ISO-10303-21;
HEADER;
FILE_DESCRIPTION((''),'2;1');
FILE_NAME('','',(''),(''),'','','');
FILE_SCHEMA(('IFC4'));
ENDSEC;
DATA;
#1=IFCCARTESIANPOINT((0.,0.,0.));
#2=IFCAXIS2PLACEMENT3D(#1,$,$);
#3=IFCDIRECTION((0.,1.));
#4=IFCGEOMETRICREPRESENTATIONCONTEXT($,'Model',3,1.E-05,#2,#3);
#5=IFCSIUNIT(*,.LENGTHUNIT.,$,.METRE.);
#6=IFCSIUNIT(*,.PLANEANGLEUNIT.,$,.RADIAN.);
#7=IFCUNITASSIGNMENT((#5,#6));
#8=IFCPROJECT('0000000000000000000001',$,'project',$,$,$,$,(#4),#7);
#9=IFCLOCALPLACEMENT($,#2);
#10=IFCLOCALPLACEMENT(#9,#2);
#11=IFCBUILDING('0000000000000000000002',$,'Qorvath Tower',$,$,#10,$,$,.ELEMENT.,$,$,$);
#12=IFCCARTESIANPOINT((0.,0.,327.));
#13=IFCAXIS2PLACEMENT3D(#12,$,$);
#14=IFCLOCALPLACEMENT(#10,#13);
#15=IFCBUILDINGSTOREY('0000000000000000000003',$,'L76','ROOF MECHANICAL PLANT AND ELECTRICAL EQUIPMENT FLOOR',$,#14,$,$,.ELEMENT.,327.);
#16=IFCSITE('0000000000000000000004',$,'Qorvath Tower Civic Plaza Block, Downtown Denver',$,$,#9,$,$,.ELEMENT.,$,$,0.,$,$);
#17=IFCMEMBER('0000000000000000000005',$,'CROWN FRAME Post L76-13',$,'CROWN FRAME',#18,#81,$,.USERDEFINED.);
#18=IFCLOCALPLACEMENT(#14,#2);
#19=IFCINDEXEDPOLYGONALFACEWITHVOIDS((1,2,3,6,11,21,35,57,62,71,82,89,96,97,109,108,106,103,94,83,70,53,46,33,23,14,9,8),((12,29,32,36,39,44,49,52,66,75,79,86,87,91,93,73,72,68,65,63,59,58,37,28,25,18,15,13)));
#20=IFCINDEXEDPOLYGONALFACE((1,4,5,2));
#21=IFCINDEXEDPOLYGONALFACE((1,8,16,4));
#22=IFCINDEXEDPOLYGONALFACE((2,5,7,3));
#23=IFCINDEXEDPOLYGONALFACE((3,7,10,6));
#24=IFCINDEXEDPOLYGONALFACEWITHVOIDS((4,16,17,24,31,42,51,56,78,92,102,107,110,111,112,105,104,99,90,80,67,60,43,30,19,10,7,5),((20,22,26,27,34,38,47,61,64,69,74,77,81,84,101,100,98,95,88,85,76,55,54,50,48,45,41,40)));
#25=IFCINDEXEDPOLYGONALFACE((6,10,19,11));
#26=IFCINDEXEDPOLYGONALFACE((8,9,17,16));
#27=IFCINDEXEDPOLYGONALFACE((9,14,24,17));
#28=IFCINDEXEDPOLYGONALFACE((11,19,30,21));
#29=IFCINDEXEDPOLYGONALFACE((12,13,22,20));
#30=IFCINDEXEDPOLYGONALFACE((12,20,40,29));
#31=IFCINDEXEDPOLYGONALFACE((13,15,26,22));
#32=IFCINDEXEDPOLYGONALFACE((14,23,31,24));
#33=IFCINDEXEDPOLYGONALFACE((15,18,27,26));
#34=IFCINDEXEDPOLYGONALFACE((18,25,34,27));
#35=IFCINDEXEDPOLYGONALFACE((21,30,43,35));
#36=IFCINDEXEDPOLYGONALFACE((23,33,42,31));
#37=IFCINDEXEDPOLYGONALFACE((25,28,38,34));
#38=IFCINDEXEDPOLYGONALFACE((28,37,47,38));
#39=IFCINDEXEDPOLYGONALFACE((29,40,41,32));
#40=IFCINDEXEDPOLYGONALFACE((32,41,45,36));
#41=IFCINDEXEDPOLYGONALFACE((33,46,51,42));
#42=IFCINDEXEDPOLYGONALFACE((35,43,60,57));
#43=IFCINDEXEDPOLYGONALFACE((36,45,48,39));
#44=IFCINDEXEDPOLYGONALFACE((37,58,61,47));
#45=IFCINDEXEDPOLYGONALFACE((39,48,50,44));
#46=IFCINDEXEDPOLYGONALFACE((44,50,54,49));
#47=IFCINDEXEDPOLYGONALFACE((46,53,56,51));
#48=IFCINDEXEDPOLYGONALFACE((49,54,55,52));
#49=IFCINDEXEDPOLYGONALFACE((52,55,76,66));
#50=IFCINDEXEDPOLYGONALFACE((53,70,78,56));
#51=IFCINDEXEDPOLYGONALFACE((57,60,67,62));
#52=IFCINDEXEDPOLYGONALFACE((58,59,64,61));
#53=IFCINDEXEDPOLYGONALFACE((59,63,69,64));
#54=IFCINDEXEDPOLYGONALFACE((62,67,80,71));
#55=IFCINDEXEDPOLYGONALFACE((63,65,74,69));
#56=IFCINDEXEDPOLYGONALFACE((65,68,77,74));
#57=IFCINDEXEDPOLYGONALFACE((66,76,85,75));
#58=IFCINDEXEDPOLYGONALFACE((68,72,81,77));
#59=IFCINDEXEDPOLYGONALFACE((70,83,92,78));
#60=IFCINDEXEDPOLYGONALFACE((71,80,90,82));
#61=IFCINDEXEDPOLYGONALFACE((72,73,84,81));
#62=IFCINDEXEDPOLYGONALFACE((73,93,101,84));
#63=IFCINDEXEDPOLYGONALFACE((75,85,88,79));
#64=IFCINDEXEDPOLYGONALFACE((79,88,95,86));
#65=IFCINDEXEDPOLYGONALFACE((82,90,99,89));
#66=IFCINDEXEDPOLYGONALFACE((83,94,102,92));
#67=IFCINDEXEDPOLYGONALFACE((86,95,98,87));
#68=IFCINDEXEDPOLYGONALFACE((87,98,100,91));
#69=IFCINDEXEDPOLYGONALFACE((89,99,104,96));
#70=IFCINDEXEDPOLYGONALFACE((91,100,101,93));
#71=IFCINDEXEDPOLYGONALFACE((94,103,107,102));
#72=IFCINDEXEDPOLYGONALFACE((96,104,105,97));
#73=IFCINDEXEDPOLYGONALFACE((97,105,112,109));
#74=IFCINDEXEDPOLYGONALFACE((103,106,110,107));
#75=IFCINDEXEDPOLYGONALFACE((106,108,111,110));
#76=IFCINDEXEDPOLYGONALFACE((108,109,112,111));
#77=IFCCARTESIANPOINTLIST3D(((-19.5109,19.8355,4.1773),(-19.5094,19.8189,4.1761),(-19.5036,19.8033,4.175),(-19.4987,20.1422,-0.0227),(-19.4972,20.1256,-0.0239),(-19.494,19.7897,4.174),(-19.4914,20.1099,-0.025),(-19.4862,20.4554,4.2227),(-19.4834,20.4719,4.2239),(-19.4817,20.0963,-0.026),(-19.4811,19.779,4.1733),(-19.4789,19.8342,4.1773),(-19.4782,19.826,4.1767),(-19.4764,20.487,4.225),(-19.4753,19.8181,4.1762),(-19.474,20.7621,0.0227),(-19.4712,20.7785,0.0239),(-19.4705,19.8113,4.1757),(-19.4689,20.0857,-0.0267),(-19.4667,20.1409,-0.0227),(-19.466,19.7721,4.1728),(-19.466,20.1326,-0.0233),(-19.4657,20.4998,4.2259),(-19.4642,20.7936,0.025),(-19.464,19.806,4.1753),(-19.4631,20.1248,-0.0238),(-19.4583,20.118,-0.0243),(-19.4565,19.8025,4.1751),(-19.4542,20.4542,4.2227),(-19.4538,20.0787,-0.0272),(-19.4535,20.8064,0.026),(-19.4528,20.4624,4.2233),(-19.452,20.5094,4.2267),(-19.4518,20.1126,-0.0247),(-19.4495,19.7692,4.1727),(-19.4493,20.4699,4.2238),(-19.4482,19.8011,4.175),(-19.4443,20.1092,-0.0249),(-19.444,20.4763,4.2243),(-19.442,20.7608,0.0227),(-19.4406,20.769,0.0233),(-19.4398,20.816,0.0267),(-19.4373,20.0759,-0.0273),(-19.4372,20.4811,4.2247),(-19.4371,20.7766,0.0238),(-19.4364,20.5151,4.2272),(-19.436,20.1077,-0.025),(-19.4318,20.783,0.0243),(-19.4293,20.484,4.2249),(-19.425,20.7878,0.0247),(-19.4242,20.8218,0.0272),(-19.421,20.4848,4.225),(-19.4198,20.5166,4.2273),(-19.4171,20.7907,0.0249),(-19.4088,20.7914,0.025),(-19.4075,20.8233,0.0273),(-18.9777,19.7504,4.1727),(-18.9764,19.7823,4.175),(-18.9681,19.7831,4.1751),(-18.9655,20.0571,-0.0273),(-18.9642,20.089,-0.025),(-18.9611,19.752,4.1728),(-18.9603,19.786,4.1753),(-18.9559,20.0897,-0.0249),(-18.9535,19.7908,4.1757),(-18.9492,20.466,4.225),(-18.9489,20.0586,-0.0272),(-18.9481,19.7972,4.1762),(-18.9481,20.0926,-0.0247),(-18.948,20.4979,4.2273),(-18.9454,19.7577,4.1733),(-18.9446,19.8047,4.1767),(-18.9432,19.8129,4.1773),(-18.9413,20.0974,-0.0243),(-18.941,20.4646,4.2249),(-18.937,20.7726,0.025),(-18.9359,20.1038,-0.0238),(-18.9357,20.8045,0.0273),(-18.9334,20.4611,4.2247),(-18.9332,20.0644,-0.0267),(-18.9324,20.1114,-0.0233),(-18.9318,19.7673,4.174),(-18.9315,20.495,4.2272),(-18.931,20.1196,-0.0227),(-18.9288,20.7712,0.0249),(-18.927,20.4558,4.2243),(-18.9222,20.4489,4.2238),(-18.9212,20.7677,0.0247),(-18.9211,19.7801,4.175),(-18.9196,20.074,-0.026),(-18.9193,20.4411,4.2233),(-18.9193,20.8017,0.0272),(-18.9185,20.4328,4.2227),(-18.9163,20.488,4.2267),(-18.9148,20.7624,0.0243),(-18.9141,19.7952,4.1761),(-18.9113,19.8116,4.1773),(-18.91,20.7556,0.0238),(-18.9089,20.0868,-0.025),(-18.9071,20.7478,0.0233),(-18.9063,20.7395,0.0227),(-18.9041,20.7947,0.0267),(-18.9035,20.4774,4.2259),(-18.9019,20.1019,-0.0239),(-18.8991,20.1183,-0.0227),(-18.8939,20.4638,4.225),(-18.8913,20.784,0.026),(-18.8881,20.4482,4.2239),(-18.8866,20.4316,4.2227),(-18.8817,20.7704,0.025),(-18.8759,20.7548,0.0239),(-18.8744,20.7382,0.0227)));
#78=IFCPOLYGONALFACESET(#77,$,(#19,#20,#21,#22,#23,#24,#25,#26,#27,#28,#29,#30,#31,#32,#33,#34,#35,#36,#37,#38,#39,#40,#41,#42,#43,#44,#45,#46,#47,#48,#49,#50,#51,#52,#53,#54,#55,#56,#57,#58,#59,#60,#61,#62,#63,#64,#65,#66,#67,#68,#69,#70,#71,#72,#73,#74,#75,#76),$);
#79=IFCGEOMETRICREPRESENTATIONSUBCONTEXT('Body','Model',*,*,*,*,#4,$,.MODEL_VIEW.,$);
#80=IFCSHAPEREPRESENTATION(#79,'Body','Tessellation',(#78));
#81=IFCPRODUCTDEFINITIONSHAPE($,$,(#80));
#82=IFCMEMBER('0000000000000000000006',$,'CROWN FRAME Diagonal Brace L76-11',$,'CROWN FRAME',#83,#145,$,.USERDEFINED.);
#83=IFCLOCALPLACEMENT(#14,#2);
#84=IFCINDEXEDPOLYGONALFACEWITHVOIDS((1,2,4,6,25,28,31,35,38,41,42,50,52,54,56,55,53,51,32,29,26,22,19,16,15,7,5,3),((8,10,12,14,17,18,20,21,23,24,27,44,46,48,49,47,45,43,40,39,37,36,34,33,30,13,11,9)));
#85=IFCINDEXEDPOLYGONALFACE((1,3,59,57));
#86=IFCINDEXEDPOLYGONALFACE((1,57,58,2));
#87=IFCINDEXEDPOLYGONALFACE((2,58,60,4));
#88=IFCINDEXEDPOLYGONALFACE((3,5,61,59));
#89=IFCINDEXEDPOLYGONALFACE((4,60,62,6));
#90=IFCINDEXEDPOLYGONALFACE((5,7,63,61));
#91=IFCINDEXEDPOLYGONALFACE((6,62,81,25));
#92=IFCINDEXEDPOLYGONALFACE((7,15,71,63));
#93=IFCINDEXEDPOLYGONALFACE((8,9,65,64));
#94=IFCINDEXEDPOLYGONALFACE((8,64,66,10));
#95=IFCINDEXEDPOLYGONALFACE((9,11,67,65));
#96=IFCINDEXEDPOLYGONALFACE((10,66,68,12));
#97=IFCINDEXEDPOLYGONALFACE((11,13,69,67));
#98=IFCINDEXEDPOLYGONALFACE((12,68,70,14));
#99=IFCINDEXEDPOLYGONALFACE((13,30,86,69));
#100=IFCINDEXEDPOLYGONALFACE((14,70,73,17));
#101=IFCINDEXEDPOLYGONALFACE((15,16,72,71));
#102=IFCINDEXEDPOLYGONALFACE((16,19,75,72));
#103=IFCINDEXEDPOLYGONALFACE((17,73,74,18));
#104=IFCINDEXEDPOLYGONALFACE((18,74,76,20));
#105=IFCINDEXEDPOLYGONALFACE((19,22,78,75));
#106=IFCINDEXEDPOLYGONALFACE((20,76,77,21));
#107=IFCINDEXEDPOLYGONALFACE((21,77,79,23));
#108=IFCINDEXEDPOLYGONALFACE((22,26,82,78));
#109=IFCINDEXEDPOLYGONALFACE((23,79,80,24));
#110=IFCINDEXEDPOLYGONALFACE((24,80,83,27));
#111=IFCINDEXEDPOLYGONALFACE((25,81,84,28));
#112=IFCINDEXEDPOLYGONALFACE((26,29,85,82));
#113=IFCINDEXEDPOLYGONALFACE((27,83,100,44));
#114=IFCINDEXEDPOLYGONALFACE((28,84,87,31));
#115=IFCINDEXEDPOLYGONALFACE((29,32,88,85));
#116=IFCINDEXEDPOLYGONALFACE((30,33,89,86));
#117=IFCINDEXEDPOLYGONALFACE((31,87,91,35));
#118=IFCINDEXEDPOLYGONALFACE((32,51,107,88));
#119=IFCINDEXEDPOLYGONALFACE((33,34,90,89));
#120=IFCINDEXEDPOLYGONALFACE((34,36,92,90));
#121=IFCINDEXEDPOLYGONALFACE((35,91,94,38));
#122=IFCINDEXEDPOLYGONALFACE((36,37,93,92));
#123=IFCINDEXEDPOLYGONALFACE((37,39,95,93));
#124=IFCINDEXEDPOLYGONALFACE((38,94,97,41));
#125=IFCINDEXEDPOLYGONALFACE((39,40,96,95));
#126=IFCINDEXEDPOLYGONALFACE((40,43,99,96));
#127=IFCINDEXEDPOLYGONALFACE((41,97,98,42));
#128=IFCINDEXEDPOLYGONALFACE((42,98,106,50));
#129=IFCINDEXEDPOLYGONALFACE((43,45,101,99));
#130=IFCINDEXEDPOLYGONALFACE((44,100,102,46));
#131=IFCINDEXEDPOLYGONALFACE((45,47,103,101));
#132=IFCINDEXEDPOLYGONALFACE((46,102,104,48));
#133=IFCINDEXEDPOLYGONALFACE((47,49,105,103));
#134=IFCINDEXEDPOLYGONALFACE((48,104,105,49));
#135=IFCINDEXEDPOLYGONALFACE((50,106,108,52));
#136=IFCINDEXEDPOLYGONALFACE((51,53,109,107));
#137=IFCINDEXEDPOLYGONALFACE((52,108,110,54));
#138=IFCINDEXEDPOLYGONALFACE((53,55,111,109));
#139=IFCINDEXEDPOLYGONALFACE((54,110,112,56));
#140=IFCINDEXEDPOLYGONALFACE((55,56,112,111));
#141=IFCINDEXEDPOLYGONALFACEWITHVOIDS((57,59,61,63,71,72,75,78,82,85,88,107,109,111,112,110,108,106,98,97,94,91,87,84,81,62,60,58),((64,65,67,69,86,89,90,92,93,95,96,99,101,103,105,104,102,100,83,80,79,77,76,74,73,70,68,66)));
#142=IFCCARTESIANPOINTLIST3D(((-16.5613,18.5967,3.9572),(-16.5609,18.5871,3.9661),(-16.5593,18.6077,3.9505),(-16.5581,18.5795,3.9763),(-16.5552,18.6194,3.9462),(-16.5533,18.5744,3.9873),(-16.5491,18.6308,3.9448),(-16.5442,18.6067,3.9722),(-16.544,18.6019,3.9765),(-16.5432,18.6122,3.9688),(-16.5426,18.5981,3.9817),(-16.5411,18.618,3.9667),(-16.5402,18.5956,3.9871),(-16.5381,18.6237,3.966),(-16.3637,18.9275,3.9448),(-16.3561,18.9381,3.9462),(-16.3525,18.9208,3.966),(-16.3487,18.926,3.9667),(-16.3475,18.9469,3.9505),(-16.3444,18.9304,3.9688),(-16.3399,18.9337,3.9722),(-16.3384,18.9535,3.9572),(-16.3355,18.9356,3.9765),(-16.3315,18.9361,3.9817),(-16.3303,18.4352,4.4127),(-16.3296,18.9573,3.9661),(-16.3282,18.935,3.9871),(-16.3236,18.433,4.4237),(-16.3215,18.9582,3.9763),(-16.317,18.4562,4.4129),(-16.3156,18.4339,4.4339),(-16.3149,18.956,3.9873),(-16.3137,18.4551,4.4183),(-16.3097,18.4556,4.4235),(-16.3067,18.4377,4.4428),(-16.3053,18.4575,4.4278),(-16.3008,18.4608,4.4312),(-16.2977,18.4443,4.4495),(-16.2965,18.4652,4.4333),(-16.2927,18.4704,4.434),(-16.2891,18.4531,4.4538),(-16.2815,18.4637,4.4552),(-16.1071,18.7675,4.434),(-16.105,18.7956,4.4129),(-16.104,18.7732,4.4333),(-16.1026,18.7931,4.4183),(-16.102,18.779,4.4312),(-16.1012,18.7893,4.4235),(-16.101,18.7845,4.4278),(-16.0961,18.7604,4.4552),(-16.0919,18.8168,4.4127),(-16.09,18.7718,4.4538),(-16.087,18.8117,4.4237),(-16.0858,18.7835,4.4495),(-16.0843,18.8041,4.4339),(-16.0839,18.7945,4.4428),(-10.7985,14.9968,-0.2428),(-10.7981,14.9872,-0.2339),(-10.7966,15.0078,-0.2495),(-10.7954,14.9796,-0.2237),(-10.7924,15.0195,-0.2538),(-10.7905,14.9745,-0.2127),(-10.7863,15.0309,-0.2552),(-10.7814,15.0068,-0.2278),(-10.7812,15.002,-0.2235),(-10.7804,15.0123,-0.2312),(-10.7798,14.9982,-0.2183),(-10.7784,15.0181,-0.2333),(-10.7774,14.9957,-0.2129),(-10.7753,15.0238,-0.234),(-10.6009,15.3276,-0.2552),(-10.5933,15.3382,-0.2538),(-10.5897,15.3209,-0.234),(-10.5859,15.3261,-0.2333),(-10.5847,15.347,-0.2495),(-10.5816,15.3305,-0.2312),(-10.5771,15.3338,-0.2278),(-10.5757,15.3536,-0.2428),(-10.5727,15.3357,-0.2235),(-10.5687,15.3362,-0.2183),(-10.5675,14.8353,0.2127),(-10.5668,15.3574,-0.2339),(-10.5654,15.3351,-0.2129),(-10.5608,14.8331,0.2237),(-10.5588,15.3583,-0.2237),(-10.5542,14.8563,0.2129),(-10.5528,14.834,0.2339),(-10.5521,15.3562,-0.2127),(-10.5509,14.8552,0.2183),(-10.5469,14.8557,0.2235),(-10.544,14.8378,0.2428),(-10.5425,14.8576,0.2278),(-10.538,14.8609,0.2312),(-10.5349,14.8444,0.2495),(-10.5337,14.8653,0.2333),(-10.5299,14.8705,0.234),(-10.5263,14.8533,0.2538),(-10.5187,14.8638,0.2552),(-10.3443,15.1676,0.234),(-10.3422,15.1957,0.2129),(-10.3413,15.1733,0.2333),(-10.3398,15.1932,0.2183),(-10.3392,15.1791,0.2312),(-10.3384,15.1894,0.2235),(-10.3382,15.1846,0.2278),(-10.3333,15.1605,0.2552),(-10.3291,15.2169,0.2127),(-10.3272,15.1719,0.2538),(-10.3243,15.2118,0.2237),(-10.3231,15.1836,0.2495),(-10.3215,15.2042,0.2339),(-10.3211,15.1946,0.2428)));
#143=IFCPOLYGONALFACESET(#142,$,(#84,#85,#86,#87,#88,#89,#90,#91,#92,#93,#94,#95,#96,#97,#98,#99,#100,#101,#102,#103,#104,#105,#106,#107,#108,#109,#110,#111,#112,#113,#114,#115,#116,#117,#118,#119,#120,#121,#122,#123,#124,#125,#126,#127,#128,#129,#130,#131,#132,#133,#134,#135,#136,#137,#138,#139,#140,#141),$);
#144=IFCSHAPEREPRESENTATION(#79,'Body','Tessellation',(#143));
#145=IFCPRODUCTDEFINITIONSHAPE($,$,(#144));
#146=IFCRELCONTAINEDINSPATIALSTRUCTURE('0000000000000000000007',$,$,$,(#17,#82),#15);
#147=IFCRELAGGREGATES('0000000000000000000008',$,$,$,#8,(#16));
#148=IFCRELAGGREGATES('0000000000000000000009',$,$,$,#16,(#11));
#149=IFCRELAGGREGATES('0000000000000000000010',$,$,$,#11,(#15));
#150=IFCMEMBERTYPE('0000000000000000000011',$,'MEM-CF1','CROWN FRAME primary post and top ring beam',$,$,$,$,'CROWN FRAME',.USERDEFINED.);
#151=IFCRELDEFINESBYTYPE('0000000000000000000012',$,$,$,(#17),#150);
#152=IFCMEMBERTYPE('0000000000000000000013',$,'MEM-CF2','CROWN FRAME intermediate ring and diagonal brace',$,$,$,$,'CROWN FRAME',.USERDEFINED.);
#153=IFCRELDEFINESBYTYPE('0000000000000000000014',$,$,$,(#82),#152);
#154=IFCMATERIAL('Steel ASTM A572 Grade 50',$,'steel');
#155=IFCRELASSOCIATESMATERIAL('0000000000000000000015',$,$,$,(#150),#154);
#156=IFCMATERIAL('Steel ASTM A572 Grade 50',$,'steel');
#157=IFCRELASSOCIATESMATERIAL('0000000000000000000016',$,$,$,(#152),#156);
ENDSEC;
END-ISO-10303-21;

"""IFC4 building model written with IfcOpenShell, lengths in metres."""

from ifc_helpers import new_model, si_unit, direction, frame, origin, origin_2d, place, context, subcontext, project, spatial, hollow_rectangle, extrude, material, material_profile, profile_set, type_object, element, save


model = new_model("IFC4")

# Units and contexts
model_context = context("Model", 3, precision=1e-05, world=origin(), true_north=direction((0.0, 1.0)))
body_context = subcontext(model_context, "Body", "Model", "MODEL_VIEW")
ifc_project = project(units=[si_unit("LENGTHUNIT", "METRE"), si_unit("PLANEANGLEUNIT", "RADIAN")], contexts=[model_context])

# Site, building, storey
site_placement = place(None, origin())
site = spatial("IfcSite", under=ifc_project, at=site_placement, Name="Qorvath Tower Civic Plaza Block, Downtown Denver", CompositionType="ELEMENT", RefElevation=0.0)
building_placement = place(site_placement, origin())
building = spatial("IfcBuilding", under=site, at=building_placement, Name="Qorvath Tower", CompositionType="ELEMENT")
storey_placement = place(building_placement, frame((0.0, 0.0, 327.0)))
storey = spatial("IfcBuildingStorey", under=building, at=storey_placement, Name="L76", Description="ROOF MECHANICAL PLANT AND ELECTRICAL EQUIPMENT FLOOR", CompositionType="ELEMENT", Elevation=327.0)

# Members
ifc_material_1 = material(Name="Steel ASTM A572 Grade 50", Category="steel")
ifc_material_profile_1 = material_profile(ifc_material_1, hollow_rectangle(XDim=0.6001, YDim=0.75, WallThickness=0.032, InnerFilletRadius=0.032, OuterFilletRadius=0.064, at=origin_2d()), Name="CROWN BOX 750x600x32")
ifc_profile_set_1 = profile_set([ifc_material_profile_1], Name="Steel ASTM A572 Grade 50")
member_type_1 = type_object("IfcMemberType", Name="MEM-CF1", Description="CROWN FRAME primary post and top ring beam", ElementType="CROWN FRAME", PredefinedType="USERDEFINED", material=ifc_profile_set_1)
member_1_placement = place(storey_placement, frame((-19.1865, 20.4402, 0.0), z_axis=(-0.002899, -0.072816, 0.997341), x_axis=(0.999209, -0.039777, 0.0)))
element("IfcMember", 1, at=member_1_placement, inside=storey, type_object=member_type_1, Name="CROWN FRAME Post L76-13", ObjectType="CROWN FRAME", PredefinedType="USERDEFINED", context=body_context, shape_type="SweptSolid", body=[
    extrude(hollow_rectangle(XDim=0.6001, YDim=0.75, WallThickness=0.032, InnerFilletRadius=0.032, OuterFilletRadius=0.064, at=origin_2d()), origin(), (0.0, 0.0, 1.0), 4.2112),
])
ifc_material_2 = material(Name="Steel ASTM A572 Grade 50", Category="steel")
ifc_material_profile_2 = material_profile(ifc_material_2, hollow_rectangle(XDim=0.45, YDim=0.6001, WallThickness=0.0249, InnerFilletRadius=0.0249, OuterFilletRadius=0.05, at=origin_2d()), Name="CROWN BOX 600x450x25")
ifc_profile_set_2 = profile_set([ifc_material_profile_2], Name="Steel ASTM A572 Grade 50")
member_type_2 = type_object("IfcMemberType", Name="MEM-CF2", Description="CROWN FRAME intermediate ring and diagonal brace", ElementType="CROWN FRAME", PredefinedType="USERDEFINED", material=ifc_profile_set_2)
member_2_placement = place(storey_placement, frame((-10.5598, 15.0957, 0.0), z_axis=(-0.721424, 0.450661, 0.525786), x_axis=(-0.529805, -0.848119, 0.0)))
element("IfcMember", 2, at=member_2_placement, inside=storey, type_object=member_type_2, Name="CROWN FRAME Diagonal Brace L76-11", ObjectType="CROWN FRAME", PredefinedType="USERDEFINED", context=body_context, shape_type="SweptSolid", body=[
    extrude(hollow_rectangle(XDim=0.45, YDim=0.6001, WallThickness=0.0249, InnerFilletRadius=0.0249, OuterFilletRadius=0.05, at=origin_2d()), origin(), (0.0, 0.0, 1.0), 7.988),
])

save(model, "model.ifc")
